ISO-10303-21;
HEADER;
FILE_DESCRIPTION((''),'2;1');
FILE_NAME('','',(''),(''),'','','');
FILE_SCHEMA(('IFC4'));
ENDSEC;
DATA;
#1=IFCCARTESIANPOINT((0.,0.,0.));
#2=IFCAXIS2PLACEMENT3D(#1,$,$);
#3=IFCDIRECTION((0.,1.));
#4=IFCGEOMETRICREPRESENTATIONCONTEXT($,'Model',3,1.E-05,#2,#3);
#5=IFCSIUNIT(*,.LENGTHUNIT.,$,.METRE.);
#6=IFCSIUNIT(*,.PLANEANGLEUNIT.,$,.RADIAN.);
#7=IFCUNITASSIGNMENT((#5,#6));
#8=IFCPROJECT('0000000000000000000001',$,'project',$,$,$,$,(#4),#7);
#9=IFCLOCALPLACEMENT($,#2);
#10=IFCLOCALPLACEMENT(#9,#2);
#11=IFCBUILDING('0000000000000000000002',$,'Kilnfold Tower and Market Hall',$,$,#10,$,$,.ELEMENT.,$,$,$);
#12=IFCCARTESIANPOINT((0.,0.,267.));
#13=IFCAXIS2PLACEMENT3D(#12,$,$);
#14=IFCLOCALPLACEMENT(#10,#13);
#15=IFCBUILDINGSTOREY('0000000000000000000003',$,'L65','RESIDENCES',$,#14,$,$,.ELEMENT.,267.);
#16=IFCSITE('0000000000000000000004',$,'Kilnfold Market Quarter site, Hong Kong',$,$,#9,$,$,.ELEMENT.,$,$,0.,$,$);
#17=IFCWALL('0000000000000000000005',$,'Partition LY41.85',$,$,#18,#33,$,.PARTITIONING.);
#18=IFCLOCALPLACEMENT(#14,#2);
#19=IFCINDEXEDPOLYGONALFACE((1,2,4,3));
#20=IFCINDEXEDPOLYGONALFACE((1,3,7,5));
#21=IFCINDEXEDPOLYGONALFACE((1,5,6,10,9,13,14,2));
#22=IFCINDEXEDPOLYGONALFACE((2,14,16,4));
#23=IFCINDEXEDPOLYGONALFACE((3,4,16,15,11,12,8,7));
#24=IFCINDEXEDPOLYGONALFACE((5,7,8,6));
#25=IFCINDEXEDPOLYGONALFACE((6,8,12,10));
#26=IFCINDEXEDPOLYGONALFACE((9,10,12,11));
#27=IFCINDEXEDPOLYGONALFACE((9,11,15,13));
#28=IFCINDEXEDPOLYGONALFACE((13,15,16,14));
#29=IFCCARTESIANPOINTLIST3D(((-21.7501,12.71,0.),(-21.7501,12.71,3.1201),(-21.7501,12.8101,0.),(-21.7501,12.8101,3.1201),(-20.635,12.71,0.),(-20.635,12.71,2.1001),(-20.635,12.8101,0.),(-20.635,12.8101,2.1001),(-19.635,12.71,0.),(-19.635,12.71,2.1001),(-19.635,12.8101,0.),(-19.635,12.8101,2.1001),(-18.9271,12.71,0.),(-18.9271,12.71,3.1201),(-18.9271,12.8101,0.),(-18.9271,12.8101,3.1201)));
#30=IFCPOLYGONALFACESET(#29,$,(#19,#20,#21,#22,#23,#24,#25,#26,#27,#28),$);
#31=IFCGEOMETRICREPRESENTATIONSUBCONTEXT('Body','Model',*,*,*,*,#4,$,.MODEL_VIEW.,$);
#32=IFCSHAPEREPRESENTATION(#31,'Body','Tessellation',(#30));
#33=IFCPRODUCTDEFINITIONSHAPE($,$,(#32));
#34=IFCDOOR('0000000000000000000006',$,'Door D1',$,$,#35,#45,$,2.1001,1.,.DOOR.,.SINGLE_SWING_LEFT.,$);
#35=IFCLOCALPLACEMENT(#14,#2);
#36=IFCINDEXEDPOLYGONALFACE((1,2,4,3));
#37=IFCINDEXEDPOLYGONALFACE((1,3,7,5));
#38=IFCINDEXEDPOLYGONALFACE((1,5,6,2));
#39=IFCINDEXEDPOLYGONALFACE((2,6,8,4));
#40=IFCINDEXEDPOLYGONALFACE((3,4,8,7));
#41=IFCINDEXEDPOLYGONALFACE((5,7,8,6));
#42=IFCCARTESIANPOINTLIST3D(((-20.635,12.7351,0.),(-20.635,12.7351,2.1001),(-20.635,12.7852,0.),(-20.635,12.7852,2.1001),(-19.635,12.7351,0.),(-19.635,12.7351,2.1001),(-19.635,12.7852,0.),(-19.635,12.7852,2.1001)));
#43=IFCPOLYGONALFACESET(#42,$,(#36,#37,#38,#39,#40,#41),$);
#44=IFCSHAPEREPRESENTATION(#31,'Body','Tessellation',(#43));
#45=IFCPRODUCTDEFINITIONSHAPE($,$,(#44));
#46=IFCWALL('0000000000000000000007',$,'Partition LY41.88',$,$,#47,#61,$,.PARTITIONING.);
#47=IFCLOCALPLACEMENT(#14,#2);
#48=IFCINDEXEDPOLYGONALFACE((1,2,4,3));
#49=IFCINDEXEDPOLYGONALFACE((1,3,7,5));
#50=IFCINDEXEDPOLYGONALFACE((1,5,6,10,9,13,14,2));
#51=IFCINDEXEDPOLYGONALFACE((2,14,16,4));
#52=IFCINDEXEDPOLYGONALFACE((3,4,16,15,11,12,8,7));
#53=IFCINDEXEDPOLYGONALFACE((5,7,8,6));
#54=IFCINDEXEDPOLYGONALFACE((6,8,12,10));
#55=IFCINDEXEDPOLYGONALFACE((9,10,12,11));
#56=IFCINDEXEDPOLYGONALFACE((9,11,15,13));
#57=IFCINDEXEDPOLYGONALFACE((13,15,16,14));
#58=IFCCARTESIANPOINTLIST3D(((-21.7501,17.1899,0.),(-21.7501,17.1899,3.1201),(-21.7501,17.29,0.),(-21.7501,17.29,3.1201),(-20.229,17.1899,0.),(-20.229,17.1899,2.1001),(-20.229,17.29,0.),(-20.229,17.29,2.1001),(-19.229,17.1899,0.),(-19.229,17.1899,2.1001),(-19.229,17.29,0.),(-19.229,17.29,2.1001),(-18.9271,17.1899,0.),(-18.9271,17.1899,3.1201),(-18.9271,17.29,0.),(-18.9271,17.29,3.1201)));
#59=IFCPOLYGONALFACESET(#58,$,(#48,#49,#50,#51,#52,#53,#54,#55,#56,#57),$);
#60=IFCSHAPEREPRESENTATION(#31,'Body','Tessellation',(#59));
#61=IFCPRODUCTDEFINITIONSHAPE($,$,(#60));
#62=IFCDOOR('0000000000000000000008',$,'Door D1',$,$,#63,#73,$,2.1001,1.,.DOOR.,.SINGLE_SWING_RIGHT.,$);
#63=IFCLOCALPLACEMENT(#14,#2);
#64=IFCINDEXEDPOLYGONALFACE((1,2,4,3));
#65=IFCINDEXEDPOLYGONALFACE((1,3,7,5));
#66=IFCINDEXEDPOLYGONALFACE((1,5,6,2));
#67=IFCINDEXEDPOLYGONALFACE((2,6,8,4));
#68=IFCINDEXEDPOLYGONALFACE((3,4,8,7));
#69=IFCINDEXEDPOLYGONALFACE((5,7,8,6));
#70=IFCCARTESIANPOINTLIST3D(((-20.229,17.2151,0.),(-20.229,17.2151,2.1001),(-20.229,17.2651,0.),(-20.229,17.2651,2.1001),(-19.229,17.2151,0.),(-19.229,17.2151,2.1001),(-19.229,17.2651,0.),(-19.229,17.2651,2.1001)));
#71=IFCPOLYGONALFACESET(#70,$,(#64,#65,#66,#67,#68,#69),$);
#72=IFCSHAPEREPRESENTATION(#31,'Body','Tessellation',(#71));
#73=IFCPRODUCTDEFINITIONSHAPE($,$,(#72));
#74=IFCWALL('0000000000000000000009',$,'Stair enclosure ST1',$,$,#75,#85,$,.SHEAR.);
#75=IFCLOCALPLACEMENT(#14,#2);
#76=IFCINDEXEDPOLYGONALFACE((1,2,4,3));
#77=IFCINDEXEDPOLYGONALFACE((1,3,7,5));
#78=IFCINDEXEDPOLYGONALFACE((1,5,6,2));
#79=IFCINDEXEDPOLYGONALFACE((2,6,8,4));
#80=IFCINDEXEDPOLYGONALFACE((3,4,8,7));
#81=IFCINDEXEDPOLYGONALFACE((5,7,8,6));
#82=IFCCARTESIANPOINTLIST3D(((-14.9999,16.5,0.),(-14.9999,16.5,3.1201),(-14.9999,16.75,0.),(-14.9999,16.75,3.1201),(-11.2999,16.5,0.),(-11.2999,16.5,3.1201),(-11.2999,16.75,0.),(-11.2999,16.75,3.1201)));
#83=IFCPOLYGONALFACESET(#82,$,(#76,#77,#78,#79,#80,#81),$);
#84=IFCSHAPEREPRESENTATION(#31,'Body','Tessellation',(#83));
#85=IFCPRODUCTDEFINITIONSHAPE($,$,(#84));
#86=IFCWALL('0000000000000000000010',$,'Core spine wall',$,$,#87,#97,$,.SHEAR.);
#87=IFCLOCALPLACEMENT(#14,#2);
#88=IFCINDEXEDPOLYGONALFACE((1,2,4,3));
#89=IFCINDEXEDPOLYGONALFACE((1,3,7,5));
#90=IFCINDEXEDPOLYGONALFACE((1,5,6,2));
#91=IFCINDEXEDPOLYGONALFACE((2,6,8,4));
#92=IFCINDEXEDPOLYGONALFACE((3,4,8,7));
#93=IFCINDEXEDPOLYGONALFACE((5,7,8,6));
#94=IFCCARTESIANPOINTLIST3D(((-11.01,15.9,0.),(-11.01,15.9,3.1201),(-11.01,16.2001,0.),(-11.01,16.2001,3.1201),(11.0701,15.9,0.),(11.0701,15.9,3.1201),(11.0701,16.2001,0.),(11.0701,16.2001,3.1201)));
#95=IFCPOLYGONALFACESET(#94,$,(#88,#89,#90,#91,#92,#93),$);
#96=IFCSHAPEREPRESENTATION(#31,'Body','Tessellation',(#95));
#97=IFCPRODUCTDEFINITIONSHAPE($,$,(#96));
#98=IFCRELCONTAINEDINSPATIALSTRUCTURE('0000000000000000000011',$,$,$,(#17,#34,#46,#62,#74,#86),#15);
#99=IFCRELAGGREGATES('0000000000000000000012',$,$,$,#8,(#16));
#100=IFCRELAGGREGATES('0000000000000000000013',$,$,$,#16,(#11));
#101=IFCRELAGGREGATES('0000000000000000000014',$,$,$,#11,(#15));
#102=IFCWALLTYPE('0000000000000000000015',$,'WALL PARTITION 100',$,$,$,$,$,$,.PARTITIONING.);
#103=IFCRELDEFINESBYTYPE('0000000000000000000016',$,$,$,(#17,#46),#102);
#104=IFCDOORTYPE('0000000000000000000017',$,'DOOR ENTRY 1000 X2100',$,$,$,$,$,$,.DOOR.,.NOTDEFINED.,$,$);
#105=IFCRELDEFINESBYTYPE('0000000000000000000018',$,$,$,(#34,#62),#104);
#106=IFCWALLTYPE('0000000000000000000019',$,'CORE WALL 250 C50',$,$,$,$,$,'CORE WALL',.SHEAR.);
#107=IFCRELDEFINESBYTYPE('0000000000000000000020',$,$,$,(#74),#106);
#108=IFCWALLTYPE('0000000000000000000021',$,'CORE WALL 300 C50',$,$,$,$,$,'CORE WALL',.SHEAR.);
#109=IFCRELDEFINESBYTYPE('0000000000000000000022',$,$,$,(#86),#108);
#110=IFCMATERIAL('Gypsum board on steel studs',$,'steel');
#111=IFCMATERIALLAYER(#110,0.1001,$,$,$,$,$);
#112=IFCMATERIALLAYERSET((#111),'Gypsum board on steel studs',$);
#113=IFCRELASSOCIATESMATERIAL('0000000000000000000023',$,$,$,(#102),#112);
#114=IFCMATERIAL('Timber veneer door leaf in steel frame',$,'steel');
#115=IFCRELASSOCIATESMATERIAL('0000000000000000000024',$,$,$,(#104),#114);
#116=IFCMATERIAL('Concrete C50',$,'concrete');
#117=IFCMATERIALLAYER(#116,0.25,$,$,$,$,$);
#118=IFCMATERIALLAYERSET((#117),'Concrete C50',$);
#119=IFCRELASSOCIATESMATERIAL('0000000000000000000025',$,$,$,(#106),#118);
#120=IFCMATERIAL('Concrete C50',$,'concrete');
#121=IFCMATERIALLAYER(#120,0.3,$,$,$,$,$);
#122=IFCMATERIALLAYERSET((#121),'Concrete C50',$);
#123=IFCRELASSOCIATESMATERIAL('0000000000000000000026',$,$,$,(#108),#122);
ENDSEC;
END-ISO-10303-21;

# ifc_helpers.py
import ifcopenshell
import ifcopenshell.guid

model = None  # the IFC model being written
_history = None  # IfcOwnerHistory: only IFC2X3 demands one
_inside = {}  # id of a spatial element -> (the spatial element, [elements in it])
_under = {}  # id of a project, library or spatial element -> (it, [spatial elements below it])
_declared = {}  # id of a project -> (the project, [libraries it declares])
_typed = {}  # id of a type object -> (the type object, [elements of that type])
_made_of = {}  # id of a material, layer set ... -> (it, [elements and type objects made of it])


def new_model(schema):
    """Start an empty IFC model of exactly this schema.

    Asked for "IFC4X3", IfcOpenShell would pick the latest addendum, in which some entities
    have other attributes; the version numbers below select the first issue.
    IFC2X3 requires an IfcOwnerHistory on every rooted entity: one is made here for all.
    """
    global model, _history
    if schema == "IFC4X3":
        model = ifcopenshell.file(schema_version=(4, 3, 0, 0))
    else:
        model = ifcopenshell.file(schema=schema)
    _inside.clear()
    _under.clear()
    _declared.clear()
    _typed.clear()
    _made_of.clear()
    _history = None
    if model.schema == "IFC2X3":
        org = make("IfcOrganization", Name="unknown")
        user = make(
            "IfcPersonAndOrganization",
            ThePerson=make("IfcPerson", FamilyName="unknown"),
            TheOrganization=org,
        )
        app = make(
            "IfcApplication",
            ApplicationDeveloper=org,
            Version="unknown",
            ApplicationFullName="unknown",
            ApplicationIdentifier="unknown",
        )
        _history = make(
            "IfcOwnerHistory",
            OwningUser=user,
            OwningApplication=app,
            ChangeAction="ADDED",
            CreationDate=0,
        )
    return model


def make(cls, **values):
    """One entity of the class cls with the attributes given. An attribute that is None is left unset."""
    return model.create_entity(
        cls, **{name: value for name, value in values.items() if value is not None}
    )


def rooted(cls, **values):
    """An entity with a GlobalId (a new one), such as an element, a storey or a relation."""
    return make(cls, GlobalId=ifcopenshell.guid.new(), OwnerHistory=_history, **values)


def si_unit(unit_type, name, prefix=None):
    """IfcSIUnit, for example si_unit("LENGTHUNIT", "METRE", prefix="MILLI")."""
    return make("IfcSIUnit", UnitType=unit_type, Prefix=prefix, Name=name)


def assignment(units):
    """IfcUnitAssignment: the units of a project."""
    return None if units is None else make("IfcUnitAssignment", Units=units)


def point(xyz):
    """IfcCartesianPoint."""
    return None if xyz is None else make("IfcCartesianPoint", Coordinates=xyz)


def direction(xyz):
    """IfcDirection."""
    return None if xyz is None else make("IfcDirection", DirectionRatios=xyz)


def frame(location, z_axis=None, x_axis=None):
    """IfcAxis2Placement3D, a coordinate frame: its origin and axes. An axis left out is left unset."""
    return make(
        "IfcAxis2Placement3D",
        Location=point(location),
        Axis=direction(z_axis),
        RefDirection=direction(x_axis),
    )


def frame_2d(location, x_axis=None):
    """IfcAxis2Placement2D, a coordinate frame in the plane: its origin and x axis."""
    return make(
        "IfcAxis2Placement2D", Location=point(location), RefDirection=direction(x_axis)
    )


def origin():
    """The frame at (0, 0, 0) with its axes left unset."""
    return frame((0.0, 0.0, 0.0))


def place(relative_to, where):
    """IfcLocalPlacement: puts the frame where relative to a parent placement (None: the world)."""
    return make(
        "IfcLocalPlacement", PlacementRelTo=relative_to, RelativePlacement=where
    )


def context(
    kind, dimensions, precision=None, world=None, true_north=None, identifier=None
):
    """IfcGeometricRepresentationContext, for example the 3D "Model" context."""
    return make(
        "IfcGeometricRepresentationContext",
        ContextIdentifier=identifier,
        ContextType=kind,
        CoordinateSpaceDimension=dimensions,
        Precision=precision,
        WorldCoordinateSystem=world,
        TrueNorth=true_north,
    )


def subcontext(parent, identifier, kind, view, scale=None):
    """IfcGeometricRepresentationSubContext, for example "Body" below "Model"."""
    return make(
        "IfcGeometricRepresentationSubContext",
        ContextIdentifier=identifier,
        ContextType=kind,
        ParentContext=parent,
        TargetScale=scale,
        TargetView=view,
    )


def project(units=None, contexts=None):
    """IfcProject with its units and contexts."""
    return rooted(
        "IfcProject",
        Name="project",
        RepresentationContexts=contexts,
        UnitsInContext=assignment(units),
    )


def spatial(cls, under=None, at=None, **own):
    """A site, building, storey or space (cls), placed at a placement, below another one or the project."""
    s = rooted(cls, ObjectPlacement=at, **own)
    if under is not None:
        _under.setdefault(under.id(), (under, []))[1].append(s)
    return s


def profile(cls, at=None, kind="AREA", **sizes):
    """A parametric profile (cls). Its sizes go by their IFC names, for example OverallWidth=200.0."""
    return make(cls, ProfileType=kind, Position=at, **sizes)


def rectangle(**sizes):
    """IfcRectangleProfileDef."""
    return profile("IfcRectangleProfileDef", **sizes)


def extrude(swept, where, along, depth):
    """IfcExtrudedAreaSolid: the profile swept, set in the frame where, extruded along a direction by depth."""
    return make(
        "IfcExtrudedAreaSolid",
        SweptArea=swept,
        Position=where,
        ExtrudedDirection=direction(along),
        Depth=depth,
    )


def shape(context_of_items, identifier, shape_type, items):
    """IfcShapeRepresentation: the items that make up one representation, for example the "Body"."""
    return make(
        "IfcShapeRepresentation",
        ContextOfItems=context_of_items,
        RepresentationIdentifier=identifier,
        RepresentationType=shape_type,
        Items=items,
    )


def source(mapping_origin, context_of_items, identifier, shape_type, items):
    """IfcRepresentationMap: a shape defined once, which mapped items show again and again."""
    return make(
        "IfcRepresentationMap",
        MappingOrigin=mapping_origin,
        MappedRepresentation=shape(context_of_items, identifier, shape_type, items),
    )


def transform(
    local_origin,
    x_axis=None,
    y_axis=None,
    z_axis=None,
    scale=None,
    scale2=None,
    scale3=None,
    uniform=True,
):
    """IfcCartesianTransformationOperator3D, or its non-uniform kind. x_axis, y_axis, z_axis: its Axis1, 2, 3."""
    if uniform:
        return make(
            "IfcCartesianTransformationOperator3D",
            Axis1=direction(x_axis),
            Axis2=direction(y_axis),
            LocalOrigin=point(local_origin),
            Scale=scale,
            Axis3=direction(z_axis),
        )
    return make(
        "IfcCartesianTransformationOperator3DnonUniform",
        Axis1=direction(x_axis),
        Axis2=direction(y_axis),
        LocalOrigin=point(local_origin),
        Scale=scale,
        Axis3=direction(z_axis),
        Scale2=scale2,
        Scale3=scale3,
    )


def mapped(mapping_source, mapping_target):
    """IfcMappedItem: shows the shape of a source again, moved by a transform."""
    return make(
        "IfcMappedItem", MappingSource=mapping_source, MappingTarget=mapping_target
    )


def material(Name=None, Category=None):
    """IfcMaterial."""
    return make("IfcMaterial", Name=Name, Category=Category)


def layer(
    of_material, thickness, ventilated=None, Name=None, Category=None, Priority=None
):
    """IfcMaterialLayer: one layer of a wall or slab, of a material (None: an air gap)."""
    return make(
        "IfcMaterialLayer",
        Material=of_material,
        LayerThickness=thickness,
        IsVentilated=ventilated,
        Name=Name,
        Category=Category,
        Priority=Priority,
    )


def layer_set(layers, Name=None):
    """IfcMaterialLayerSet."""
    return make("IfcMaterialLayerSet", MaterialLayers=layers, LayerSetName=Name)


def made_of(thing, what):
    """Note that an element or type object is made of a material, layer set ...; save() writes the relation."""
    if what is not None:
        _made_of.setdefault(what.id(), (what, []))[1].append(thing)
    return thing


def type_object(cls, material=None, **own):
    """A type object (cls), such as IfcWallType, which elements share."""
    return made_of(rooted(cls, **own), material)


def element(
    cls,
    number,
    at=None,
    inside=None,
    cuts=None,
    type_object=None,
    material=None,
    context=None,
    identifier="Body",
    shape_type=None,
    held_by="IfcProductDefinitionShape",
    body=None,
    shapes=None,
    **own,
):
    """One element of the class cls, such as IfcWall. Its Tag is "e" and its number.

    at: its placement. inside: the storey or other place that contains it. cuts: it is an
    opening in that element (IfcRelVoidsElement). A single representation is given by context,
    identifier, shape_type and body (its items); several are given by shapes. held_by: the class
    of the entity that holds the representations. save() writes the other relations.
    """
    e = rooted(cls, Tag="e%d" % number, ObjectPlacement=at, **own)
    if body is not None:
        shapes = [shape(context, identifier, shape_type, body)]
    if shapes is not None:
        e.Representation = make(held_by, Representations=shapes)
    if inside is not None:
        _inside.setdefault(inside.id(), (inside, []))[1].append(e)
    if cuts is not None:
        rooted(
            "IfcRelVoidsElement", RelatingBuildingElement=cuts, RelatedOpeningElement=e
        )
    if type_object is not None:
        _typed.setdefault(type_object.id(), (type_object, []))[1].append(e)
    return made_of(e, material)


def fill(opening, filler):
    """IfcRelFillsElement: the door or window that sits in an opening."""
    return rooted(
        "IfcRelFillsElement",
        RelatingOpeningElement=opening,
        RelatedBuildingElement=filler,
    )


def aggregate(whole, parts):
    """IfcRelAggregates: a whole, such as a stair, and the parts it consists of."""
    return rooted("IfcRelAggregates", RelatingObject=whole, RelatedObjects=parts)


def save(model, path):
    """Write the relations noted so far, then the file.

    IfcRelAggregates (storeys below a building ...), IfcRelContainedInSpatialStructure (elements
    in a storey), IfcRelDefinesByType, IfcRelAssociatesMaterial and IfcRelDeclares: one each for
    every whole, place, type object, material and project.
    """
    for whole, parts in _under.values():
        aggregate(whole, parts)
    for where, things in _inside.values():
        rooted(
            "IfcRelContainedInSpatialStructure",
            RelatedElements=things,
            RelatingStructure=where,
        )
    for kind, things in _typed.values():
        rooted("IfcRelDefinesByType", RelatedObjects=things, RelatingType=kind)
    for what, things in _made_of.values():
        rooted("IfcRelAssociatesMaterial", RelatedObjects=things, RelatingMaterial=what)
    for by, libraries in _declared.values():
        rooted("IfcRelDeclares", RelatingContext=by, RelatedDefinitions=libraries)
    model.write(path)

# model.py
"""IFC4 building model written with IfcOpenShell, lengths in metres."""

from ifc_helpers import new_model, si_unit, direction, frame, frame_2d, origin, place, context, subcontext, project, spatial, rectangle, extrude, source, transform, mapped, material, layer, layer_set, type_object, element, fill, save


model = new_model("IFC4")

# Units and contexts
model_context = context("Model", 3, precision=1e-05, world=origin(), true_north=direction((0.0, 1.0)))
body_context = subcontext(model_context, "Body", "Model", "MODEL_VIEW")
ifc_project = project(units=[si_unit("LENGTHUNIT", "METRE"), si_unit("PLANEANGLEUNIT", "RADIAN")], contexts=[model_context])

# Site, building, storey
site_placement = place(None, origin())
site = spatial("IfcSite", under=ifc_project, at=site_placement, Name="Kilnfold Market Quarter site, Hong Kong", CompositionType="ELEMENT", RefElevation=0.0)
building_placement = place(site_placement, origin())
building = spatial("IfcBuilding", under=site, at=building_placement, Name="Kilnfold Tower and Market Hall", CompositionType="ELEMENT")
storey_placement = place(building_placement, frame((0.0, 0.0, 267.0)))
storey = spatial("IfcBuildingStorey", under=building, at=storey_placement, Name="L65", Description="RESIDENCES", CompositionType="ELEMENT", Elevation=267.0)

# Walls, openings, doors
ifc_material_1 = material(Name="Gypsum board on steel studs", Category="steel")
ifc_layer_1 = layer(ifc_material_1, 0.1001)
ifc_layer_set_1 = layer_set([ifc_layer_1], Name="Gypsum board on steel studs")
wall_type_1 = type_object("IfcWallType", Name="WALL PARTITION 100", PredefinedType="PARTITIONING", material=ifc_layer_set_1)
wall_1_placement = place(storey_placement, frame((-18.927, 12.76, 0.0), z_axis=(0.0, 0.0, 1.0), x_axis=(-1.0, 0.0, 0.0)))
wall_1 = element("IfcWall", 1, at=wall_1_placement, inside=storey, type_object=wall_type_1, Name="Partition LY41.85", PredefinedType="PARTITIONING", context=body_context, shape_type="SweptSolid", body=[
    extrude(rectangle(XDim=2.823, YDim=0.1001, at=frame_2d((1.4116, 0.0))), origin(), (0.0, 0.0, 1.0), 3.1201),
])
opening_1_placement = place(wall_1_placement, frame((0.708, 0.0, 0.0)))
opening_1 = element("IfcOpeningElement", 2, at=opening_1_placement, cuts=wall_1, PredefinedType="OPENING", context=body_context, shape_type="SweptSolid", body=[
    extrude(rectangle(XDim=1.0, YDim=2.1001, at=frame_2d((0.5, 1.05))), frame((0.0, 0.0601, 0.0), z_axis=(0.0, -1.0, 0.0), x_axis=(1.0, 0.0, 0.0)), (0.0, 0.0, 1.0), 0.1201),
])
ifc_material_2 = material(Name="Timber veneer door leaf in steel frame", Category="steel")
door_type_1 = type_object("IfcDoorType", Name="DOOR ENTRY 1000 X2100", OperationType="NOTDEFINED", PredefinedType="DOOR", material=ifc_material_2)
door_1_placement = place(opening_1_placement, origin())
door_1 = element("IfcDoor", 3, at=door_1_placement, inside=storey, type_object=door_type_1, Name="Door D1", OperationType="SINGLE_SWING_LEFT", OverallHeight=2.1001, OverallWidth=1.0, PredefinedType="DOOR", context=body_context, shape_type="SweptSolid", body=[
    extrude(rectangle(XDim=1.0, YDim=2.1001, at=frame_2d((0.5, 1.05))), frame((0.0, 0.0249, 0.0), z_axis=(0.0, -1.0, 0.0), x_axis=(1.0, 0.0, 0.0)), (0.0, 0.0, 1.0), 0.05),
])
fill(opening_1, door_1)
wall_2_placement = place(storey_placement, frame((-18.927, 17.24, 0.0), z_axis=(0.0, 0.0, 1.0), x_axis=(-1.0, 0.0, 0.0)))
wall_2 = element("IfcWall", 4, at=wall_2_placement, inside=storey, type_object=wall_type_1, Name="Partition LY41.88", PredefinedType="PARTITIONING", context=body_context, shape_type="SweptSolid", body=[
    extrude(rectangle(XDim=2.823, YDim=0.1001, at=frame_2d((1.4116, 0.0))), origin(), (0.0, 0.0, 1.0), 3.1201),
])
opening_2_placement = place(wall_2_placement, frame((0.302, 0.0, 0.0)))
opening_2 = element("IfcOpeningElement", 5, at=opening_2_placement, cuts=wall_2, PredefinedType="OPENING", context=body_context, shape_type="SweptSolid", body=[
    extrude(rectangle(XDim=1.0, YDim=2.1001, at=frame_2d((0.5, 1.05))), frame((0.0, 0.0601, 0.0), z_axis=(0.0, -1.0, 0.0), x_axis=(1.0, 0.0, 0.0)), (0.0, 0.0, 1.0), 0.1201),
])
door_2_placement = place(opening_2_placement, origin())
door_2 = element("IfcDoor", 6, at=door_2_placement, inside=storey, type_object=door_type_1, Name="Door D1", OperationType="SINGLE_SWING_RIGHT", OverallHeight=2.1001, OverallWidth=1.0, PredefinedType="DOOR", context=body_context, shape_type="SweptSolid", body=[
    extrude(rectangle(XDim=1.0, YDim=2.1001, at=frame_2d((0.5, 1.05))), frame((0.0, 0.0249, 0.0), z_axis=(0.0, -1.0, 0.0), x_axis=(1.0, 0.0, 0.0)), (0.0, 0.0, 1.0), 0.05),
])
fill(opening_2, door_2)

# Walls
ifc_material_3 = material(Name="Concrete C50", Category="concrete")
ifc_layer_2 = layer(ifc_material_3, 0.25)
ifc_layer_set_2 = layer_set([ifc_layer_2], Name="Concrete C50")
wall_type_2 = type_object("IfcWallType", Name="CORE WALL 250 C50", ElementType="CORE WALL", PredefinedType="SHEAR", material=ifc_layer_set_2)
shared_shape_1 = source(origin(), body_context, "Body", "SweptSolid", [
    extrude(rectangle(XDim=3.7, YDim=0.25, at=frame_2d((1.8501, 0.0))), origin(), (0.0, 0.0, 1.0), 3.1201),
])
wall_3_placement = place(storey_placement, frame((-15.0, 16.625, 0.0), z_axis=(0.0, 0.0, 1.0), x_axis=(1.0, 0.0, 0.0)))
element("IfcWall", 7, at=wall_3_placement, inside=storey, type_object=wall_type_2, Name="Stair enclosure ST1", PredefinedType="SHEAR", context=body_context, shape_type="MappedRepresentation", body=[
    mapped(shared_shape_1, transform((0.0, 0.0, 0.0))),
])
ifc_material_4 = material(Name="Concrete C50", Category="concrete")
ifc_layer_3 = layer(ifc_material_4, 0.3)
ifc_layer_set_3 = layer_set([ifc_layer_3], Name="Concrete C50")
wall_type_3 = type_object("IfcWallType", Name="CORE WALL 300 C50", ElementType="CORE WALL", PredefinedType="SHEAR", material=ifc_layer_set_3)
shared_shape_2 = source(origin(), body_context, "Body", "SweptSolid", [
    extrude(rectangle(XDim=22.0801, YDim=0.3, at=frame_2d((11.04, 0.0))), origin(), (0.0, 0.0, 1.0), 3.1201),
])
wall_4_placement = place(storey_placement, frame((-11.01, 16.05, 0.0), z_axis=(0.0, 0.0, 1.0), x_axis=(1.0, 0.0, 0.0)))
element("IfcWall", 8, at=wall_4_placement, inside=storey, type_object=wall_type_3, Name="Core spine wall", PredefinedType="SHEAR", context=body_context, shape_type="MappedRepresentation", body=[
    mapped(shared_shape_2, transform((0.0, 0.0, 0.0))),
])

save(model, "model.ifc")
